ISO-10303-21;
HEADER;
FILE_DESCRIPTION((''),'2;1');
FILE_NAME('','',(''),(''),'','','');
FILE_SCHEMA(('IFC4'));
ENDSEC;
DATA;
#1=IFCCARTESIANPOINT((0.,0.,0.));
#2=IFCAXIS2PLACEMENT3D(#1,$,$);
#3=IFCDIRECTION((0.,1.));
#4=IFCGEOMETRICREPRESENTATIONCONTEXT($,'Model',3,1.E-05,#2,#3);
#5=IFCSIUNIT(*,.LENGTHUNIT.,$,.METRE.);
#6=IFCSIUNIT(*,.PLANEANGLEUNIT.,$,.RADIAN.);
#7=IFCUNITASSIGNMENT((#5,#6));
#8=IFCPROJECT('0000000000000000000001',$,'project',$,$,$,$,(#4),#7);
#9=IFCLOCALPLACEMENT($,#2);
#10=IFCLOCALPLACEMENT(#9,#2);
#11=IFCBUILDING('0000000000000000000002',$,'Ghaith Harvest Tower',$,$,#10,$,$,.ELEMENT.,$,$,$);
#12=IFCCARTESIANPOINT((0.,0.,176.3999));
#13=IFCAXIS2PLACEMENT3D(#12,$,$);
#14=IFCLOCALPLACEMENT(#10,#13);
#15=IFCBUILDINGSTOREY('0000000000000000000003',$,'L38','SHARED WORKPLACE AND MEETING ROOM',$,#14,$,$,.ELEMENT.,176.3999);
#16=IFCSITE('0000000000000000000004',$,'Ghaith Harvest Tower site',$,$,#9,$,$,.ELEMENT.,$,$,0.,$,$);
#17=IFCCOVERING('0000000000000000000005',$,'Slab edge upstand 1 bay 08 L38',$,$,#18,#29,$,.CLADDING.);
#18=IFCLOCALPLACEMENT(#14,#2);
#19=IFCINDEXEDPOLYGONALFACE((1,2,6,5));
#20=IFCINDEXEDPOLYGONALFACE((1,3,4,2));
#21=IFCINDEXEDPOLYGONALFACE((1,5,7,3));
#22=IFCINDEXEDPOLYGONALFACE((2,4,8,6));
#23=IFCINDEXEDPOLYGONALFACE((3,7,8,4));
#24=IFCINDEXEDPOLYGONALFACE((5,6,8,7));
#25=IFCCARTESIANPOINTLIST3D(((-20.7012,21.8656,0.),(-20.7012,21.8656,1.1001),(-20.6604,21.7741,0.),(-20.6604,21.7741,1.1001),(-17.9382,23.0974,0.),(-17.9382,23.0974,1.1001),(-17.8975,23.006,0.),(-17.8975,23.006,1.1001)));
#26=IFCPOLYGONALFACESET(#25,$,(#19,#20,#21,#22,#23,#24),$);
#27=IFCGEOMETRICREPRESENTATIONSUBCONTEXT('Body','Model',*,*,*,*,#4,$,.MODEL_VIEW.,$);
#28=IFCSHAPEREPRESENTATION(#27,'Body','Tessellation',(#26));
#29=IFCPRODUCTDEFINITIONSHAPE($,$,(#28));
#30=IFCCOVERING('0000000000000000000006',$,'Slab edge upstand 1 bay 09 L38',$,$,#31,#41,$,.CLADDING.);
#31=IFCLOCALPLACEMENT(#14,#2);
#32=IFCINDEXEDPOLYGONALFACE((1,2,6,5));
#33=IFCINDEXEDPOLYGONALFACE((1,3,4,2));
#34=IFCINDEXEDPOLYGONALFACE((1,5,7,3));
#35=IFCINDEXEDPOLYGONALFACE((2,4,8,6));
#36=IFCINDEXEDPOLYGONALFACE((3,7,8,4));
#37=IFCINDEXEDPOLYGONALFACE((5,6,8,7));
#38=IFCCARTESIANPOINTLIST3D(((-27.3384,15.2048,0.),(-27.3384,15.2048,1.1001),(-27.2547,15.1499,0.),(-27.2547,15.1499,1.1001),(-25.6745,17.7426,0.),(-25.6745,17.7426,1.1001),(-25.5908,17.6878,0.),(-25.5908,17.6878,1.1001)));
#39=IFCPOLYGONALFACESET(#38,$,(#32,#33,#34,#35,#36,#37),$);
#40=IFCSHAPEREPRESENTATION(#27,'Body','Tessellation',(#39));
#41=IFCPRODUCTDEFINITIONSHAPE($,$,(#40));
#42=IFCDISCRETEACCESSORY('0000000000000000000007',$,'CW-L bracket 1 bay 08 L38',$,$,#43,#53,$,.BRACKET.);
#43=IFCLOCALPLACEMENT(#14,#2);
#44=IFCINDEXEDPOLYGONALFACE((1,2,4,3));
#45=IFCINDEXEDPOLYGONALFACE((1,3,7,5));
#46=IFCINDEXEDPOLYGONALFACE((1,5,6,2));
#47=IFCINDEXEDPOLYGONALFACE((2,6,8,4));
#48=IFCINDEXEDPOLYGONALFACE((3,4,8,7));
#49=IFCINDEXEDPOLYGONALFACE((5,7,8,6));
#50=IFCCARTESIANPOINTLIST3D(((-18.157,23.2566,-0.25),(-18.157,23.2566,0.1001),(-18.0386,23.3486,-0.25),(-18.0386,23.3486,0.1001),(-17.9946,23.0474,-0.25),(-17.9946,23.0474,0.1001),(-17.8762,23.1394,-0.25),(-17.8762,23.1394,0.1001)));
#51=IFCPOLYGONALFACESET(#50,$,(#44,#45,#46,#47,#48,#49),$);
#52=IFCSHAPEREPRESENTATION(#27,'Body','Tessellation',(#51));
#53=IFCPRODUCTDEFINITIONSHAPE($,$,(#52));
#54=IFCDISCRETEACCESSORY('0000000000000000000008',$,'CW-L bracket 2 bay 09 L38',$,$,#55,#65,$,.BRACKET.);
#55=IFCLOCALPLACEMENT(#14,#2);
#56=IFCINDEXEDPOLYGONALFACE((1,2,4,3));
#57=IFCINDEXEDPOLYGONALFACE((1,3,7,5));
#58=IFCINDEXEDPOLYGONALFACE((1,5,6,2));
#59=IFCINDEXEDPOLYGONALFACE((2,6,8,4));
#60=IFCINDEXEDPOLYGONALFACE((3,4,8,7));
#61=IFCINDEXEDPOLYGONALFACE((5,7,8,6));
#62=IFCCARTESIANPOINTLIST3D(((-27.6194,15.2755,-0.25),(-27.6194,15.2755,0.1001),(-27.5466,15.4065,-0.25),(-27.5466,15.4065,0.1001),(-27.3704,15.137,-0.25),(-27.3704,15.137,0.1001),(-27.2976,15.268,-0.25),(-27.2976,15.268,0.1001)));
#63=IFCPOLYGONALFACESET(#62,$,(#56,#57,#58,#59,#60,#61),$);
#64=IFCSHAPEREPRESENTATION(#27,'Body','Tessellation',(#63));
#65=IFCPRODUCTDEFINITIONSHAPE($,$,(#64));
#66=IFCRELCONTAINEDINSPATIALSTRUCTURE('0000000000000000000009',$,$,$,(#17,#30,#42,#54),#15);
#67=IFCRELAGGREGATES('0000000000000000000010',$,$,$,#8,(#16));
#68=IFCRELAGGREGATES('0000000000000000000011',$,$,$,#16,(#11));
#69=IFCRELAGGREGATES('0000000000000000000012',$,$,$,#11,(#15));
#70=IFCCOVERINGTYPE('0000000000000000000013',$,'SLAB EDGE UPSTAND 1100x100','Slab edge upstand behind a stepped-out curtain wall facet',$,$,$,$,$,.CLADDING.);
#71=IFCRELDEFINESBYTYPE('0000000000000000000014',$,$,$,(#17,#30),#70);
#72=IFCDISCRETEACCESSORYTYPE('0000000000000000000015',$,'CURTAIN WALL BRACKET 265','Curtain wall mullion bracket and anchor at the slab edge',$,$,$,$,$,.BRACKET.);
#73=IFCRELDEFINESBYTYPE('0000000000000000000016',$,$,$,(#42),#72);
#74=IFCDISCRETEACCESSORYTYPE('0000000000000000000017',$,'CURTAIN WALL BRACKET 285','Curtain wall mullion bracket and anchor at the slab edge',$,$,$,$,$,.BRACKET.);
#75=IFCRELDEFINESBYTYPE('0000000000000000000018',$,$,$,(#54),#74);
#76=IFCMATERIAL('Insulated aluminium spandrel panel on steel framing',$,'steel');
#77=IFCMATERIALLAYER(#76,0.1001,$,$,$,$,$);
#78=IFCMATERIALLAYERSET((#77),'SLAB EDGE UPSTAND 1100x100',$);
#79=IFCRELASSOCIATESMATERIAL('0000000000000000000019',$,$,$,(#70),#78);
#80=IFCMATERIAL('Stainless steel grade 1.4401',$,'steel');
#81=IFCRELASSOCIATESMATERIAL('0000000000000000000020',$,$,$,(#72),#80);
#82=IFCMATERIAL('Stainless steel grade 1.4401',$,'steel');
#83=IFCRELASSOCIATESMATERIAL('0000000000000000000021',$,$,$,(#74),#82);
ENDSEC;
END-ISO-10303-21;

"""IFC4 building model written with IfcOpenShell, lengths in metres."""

from ifc_helpers import new_model, si_unit, direction, frame, origin, origin_2d, place, context, subcontext, project, spatial, rectangle, extrude, material, layer, layer_set, type_object, element, save


model = new_model("IFC4")

# Units and contexts
model_context = context("Model", 3, precision=1e-05, world=origin(), true_north=direction((0.0, 1.0)))
body_context = subcontext(model_context, "Body", "Model", "MODEL_VIEW")
ifc_project = project(units=[si_unit("LENGTHUNIT", "METRE"), si_unit("PLANEANGLEUNIT", "RADIAN")], contexts=[model_context])

# Site, building, storey
site_placement = place(None, origin())
site = spatial("IfcSite", under=ifc_project, at=site_placement, Name="Ghaith Harvest Tower site", CompositionType="ELEMENT", RefElevation=0.0)
building_placement = place(site_placement, origin())
building = spatial("IfcBuilding", under=site, at=building_placement, Name="Ghaith Harvest Tower", CompositionType="ELEMENT")
storey_placement = place(building_placement, frame((0.0, 0.0, 176.3999)))
storey = spatial("IfcBuildingStorey", under=building, at=storey_placement, Name="L38", Description="SHARED WORKPLACE AND MEETING ROOM", CompositionType="ELEMENT", Elevation=176.3999)

# Coverings
ifc_material_1 = material(Name="Insulated aluminium spandrel panel on steel framing", Category="steel")
ifc_layer_1 = layer(ifc_material_1, 0.1001)
ifc_layer_set_1 = layer_set([ifc_layer_1], Name="SLAB EDGE UPSTAND 1100x100")
covering_type = type_object("IfcCoveringType", Name="SLAB EDGE UPSTAND 1100x100", Description="Slab edge upstand behind a stepped-out curtain wall facet", PredefinedType="CLADDING", material=ifc_layer_set_1)
covering_1_placement = place(storey_placement, frame((-19.2993, 22.4358, 0.0), z_axis=(0.0, 0.0, 1.0), x_axis=(-0.913335, -0.40721, 0.0)))
element("IfcCovering", 1, at=covering_1_placement, inside=storey, type_object=covering_type, Name="Slab edge upstand 1 bay 08 L38", PredefinedType="CLADDING", context=body_context, shape_type="SweptSolid", body=[
    extrude(rectangle(XDim=3.0251, YDim=0.1001, at=origin_2d()), origin(), (0.0, 0.0, 1.0), 1.1001),
])
covering_2_placement = place(storey_placement, frame((-26.4646, 16.4463, 0.0), z_axis=(0.0, 0.0, 1.0), x_axis=(-0.548312, -0.836274, 0.0)))
element("IfcCovering", 2, at=covering_2_placement, inside=storey, type_object=covering_type, Name="Slab edge upstand 1 bay 09 L38", PredefinedType="CLADDING", context=body_context, shape_type="SweptSolid", body=[
    extrude(rectangle(XDim=3.0347, YDim=0.1001, at=origin_2d()), origin(), (0.0, 0.0, 1.0), 1.1001),
])

# Discrete accessories
ifc_material_2 = material(Name="Stainless steel grade 1.4401", Category="steel")
discrete_accessory_type_1 = type_object("IfcDiscreteAccessoryType", Name="CURTAIN WALL BRACKET 265", Description="Curtain wall mullion bracket and anchor at the slab edge", PredefinedType="BRACKET", material=ifc_material_2)
discrete_accessory_1_placement = place(storey_placement, frame((-18.0166, 23.198, -0.25), z_axis=(0.0, 0.0, 1.0), x_axis=(-0.613378, 0.78979, 0.0)))
element("IfcDiscreteAccessory", 3, at=discrete_accessory_1_placement, inside=storey, type_object=discrete_accessory_type_1, Name="CW-L bracket 1 bay 08 L38", PredefinedType="BRACKET", context=body_context, shape_type="SweptSolid", body=[
    extrude(rectangle(XDim=0.2649, YDim=0.1499, at=origin_2d()), origin(), (0.0, 0.0, 1.0), 0.3501),
])
ifc_material_3 = material(Name="Stainless steel grade 1.4401", Category="steel")
discrete_accessory_type_2 = type_object("IfcDiscreteAccessoryType", Name="CURTAIN WALL BRACKET 285", Description="Curtain wall mullion bracket and anchor at the slab edge", PredefinedType="BRACKET", material=ifc_material_3)
discrete_accessory_2_placement = place(storey_placement, frame((-27.4585, 15.2717, -0.25), z_axis=(0.0, 0.0, 1.0), x_axis=(-0.873927, 0.486057, 0.0)))
element("IfcDiscreteAccessory", 4, at=discrete_accessory_2_placement, inside=storey, type_object=discrete_accessory_type_2, Name="CW-L bracket 2 bay 09 L38", PredefinedType="BRACKET", context=body_context, shape_type="SweptSolid", body=[
    extrude(rectangle(XDim=0.2849, YDim=0.1499, at=origin_2d()), origin(), (0.0, 0.0, 1.0), 0.3501),
])

save(model, "model.ifc")
